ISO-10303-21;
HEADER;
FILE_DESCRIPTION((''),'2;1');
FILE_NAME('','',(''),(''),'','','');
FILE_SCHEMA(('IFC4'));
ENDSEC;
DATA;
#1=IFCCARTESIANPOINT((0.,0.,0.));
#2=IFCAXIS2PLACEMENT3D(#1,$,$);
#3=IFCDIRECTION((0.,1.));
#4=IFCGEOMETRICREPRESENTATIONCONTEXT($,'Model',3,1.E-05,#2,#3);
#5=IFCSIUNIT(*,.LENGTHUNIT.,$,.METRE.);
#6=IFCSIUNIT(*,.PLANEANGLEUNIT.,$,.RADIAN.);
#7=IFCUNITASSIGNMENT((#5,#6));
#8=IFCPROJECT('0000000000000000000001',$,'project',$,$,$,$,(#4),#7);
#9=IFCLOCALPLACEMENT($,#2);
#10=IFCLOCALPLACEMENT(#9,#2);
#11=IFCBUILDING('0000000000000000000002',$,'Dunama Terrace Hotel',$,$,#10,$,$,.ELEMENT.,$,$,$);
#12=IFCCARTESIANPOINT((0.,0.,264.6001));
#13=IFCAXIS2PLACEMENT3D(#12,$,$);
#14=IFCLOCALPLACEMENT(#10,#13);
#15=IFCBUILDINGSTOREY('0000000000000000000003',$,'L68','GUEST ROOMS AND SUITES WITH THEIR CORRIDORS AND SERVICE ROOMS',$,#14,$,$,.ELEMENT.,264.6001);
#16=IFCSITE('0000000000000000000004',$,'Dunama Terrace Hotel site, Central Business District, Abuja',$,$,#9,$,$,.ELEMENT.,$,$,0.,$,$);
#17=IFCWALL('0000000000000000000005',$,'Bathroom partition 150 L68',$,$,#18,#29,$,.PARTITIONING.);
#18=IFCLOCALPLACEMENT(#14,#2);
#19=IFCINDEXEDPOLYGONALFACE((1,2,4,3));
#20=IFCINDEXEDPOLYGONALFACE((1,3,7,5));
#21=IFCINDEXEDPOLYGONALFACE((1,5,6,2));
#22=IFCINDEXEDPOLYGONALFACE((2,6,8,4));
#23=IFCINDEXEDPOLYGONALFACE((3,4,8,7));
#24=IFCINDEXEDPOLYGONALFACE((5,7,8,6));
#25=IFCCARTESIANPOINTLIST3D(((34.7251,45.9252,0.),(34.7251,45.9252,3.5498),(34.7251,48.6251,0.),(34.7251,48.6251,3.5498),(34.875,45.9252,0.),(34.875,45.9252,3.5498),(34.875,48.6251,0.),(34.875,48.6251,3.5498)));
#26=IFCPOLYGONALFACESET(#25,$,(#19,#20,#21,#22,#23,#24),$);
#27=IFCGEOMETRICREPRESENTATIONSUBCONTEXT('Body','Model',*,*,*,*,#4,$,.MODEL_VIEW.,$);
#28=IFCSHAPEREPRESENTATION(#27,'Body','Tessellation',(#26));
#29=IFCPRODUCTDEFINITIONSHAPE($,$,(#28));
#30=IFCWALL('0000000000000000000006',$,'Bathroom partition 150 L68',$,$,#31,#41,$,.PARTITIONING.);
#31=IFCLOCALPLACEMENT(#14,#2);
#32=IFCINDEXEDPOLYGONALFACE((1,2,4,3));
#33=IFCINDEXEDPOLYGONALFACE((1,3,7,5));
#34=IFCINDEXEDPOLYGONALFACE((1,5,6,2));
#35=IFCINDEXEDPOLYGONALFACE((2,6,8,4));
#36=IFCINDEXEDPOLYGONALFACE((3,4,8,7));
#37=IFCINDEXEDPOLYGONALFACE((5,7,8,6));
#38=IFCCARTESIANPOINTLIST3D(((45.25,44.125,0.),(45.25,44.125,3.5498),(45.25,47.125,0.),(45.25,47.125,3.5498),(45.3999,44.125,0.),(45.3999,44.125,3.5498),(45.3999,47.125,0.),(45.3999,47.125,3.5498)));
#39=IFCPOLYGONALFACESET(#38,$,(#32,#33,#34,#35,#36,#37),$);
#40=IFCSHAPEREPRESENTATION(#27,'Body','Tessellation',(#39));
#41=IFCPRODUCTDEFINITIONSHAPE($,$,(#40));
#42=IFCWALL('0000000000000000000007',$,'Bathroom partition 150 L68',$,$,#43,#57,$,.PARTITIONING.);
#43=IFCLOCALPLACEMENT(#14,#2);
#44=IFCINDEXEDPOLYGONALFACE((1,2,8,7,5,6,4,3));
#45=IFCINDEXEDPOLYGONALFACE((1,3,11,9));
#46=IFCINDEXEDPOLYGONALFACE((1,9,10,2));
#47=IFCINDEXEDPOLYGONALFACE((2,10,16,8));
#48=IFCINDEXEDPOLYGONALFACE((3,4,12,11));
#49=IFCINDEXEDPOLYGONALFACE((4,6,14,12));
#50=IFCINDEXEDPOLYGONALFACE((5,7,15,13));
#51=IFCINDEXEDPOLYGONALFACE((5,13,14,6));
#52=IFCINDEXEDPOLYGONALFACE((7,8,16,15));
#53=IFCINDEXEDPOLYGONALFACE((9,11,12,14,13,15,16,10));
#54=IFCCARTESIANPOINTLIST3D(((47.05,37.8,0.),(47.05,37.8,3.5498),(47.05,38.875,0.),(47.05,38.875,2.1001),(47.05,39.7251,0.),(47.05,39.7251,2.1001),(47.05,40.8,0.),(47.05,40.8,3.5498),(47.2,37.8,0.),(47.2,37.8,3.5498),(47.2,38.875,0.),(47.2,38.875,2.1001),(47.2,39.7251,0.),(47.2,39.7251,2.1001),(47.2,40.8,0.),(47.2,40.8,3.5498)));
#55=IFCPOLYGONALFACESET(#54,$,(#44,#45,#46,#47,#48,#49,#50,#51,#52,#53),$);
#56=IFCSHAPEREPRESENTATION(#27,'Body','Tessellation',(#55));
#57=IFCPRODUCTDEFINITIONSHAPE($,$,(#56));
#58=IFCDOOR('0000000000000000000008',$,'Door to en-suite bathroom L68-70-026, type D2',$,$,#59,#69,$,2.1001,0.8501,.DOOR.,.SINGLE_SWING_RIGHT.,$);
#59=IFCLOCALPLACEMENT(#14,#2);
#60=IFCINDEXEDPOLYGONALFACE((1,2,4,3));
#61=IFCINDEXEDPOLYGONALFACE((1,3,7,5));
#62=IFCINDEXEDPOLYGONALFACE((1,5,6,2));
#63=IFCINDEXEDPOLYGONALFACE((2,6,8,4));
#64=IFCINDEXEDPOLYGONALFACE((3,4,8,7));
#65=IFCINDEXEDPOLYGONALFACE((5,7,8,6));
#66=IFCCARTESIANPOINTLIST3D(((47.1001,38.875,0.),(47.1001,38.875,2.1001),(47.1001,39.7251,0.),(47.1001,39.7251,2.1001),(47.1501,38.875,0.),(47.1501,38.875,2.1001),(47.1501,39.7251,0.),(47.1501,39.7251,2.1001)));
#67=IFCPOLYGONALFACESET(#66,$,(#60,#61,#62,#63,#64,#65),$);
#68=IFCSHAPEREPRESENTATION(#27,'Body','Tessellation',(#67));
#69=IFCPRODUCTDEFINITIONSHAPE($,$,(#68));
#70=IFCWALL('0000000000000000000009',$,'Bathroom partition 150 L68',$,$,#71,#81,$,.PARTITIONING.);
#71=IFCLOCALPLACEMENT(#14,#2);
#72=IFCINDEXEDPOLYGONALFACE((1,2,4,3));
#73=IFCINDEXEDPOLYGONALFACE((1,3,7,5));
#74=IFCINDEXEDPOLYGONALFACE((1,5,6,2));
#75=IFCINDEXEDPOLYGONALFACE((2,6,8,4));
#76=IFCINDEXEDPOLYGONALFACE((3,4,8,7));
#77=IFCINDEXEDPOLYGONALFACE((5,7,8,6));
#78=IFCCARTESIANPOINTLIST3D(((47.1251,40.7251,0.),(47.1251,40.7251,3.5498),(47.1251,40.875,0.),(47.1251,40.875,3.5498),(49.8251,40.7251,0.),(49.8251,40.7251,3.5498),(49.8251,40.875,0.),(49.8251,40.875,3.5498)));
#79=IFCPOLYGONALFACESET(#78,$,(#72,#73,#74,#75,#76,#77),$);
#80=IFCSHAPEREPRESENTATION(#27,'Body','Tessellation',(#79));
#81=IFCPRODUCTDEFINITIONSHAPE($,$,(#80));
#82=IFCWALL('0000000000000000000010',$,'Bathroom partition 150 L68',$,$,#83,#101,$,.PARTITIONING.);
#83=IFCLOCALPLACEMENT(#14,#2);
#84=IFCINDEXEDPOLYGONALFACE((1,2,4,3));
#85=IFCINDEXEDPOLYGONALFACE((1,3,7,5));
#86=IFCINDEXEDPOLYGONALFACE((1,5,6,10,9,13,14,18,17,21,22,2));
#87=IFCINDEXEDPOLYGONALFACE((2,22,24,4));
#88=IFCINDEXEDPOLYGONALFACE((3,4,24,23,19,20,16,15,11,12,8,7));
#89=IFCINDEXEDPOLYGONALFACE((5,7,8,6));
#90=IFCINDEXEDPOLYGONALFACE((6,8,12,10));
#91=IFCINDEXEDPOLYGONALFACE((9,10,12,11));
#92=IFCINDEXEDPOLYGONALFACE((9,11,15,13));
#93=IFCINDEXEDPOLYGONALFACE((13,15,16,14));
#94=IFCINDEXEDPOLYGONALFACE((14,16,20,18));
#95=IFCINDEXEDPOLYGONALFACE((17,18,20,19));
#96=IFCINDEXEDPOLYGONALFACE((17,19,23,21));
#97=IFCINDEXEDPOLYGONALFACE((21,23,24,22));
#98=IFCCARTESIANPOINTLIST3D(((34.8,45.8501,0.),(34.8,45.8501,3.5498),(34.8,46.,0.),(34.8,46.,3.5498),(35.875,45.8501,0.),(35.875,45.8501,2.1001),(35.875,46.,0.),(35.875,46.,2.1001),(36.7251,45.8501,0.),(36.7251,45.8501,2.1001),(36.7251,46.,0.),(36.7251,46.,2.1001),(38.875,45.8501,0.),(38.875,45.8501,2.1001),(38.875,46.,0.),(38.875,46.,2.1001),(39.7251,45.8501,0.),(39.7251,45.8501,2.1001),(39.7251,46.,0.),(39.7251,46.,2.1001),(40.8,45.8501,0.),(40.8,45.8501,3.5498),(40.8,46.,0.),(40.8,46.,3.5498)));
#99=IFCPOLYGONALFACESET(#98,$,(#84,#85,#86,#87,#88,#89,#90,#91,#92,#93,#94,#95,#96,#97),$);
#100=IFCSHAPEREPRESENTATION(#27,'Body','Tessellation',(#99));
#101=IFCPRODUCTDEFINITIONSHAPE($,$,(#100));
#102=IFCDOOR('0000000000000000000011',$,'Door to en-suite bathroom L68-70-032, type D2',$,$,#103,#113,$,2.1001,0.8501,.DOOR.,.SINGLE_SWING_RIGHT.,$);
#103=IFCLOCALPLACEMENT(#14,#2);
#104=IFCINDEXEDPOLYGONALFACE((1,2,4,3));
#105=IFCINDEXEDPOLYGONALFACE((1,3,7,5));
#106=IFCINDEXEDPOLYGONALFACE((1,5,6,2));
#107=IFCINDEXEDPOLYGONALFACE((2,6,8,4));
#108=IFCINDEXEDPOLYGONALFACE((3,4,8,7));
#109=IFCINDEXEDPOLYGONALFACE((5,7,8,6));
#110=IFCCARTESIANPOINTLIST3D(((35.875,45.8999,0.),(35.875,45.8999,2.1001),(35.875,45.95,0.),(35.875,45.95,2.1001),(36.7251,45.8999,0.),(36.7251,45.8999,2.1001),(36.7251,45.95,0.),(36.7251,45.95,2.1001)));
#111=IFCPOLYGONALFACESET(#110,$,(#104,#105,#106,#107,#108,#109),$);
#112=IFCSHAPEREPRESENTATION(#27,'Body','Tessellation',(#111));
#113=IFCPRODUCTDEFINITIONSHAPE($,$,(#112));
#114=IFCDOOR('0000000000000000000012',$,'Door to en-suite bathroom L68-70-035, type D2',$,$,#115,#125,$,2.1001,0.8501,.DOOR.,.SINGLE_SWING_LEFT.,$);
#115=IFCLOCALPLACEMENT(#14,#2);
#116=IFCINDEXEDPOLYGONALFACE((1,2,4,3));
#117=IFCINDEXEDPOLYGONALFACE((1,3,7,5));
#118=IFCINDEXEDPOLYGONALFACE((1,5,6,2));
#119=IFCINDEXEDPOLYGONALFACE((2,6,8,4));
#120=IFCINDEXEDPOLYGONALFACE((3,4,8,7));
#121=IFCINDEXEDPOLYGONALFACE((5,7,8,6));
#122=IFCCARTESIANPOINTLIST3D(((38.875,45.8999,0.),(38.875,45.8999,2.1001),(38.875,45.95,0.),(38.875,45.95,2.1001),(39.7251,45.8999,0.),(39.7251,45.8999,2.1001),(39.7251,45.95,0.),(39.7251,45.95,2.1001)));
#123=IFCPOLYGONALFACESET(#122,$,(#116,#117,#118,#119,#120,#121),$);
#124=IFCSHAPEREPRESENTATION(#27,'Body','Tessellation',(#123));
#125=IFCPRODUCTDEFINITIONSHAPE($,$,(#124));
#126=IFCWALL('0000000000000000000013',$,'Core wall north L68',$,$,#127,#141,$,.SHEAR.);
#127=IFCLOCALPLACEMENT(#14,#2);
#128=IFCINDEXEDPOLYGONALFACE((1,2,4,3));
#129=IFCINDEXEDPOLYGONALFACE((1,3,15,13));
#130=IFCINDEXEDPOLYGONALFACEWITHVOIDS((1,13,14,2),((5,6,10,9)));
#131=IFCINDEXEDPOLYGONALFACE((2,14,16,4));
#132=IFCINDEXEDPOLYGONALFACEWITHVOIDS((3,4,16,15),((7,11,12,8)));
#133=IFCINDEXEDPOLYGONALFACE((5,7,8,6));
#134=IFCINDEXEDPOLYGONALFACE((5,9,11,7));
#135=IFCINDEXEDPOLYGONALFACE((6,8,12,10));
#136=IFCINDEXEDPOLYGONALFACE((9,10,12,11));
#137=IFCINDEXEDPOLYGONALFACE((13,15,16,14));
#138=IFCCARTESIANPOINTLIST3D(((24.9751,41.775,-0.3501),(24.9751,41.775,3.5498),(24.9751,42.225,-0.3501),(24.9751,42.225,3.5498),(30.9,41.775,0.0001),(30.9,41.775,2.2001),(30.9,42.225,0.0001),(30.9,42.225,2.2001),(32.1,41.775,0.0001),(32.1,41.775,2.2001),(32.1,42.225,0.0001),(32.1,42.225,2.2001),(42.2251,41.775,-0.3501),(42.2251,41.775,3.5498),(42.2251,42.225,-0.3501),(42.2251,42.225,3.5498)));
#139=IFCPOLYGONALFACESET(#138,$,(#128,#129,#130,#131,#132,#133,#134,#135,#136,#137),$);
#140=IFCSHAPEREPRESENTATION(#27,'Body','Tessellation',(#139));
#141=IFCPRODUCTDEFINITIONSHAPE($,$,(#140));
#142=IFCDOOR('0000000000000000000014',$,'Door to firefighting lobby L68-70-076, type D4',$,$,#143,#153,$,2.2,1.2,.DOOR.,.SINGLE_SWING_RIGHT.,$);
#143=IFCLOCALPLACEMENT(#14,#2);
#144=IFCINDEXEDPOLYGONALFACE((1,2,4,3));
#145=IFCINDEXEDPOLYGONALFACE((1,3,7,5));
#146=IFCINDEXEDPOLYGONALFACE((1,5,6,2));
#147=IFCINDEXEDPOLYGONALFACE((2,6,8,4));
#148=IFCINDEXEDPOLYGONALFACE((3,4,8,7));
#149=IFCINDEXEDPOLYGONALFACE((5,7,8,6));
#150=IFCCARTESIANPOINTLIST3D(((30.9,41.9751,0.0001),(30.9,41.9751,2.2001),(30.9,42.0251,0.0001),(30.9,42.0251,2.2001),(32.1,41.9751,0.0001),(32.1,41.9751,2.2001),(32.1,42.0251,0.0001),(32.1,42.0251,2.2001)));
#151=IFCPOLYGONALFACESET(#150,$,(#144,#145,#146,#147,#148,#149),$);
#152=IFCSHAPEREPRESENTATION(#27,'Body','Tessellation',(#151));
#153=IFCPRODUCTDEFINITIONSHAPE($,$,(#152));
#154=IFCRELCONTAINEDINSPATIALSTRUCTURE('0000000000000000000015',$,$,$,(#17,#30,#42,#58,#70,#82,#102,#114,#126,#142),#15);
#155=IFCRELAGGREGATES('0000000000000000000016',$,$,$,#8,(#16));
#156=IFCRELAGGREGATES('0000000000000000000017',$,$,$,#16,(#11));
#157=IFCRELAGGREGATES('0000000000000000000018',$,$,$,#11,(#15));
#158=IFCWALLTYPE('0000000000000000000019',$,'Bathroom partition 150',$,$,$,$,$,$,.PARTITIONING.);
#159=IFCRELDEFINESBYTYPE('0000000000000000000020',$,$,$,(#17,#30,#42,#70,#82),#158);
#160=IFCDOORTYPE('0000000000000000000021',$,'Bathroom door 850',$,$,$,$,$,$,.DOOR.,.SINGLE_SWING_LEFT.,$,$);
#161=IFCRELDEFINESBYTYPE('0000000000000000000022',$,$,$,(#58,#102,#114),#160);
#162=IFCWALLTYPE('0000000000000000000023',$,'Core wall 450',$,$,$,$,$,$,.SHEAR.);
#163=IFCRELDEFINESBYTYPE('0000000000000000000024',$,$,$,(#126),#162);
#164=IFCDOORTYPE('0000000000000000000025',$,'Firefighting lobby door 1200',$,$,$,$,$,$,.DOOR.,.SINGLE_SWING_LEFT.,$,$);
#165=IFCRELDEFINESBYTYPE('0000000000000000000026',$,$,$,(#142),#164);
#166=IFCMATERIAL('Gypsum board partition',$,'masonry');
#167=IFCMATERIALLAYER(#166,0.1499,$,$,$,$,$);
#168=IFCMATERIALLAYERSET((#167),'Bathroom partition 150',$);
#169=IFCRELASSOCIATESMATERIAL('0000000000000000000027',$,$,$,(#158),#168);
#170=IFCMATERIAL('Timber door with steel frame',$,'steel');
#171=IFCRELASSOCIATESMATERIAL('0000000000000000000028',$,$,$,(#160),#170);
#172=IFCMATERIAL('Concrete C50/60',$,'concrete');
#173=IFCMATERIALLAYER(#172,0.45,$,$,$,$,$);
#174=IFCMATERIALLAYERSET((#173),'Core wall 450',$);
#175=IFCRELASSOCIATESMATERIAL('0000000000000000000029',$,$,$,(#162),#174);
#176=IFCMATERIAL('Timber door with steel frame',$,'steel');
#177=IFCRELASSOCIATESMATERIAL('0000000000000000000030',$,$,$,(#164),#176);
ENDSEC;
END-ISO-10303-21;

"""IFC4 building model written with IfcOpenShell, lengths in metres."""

from ifc_helpers import new_model, si_unit, direction, frame, frame_2d, origin, place, context, subcontext, project, spatial, rectangle, extrude, material, layer, layer_set, type_object, element, fill, save


model = new_model("IFC4")

# Units and contexts
model_context = context("Model", 3, precision=1e-05, world=origin(), true_north=direction((0.0, 1.0)))
body_context = subcontext(model_context, "Body", "Model", "MODEL_VIEW")
ifc_project = project(units=[si_unit("LENGTHUNIT", "METRE"), si_unit("PLANEANGLEUNIT", "RADIAN")], contexts=[model_context])

# Site, building, storey
site_placement = place(None, origin())
site = spatial("IfcSite", under=ifc_project, at=site_placement, Name="Dunama Terrace Hotel site, Central Business District, Abuja", CompositionType="ELEMENT", RefElevation=0.0)
building_placement = place(site_placement, origin())
building = spatial("IfcBuilding", under=site, at=building_placement, Name="Dunama Terrace Hotel", CompositionType="ELEMENT")
storey_placement = place(building_placement, frame((0.0, 0.0, 264.6001)))
storey = spatial("IfcBuildingStorey", under=building, at=storey_placement, Name="L68", Description="GUEST ROOMS AND SUITES WITH THEIR CORRIDORS AND SERVICE ROOMS", CompositionType="ELEMENT", Elevation=264.6001)

# Walls
ifc_material_1 = material(Name="Gypsum board partition", Category="masonry")
ifc_layer_1 = layer(ifc_material_1, 0.1499)
ifc_layer_set_1 = layer_set([ifc_layer_1], Name="Bathroom partition 150")
wall_type_1 = type_object("IfcWallType", Name="Bathroom partition 150", PredefinedType="PARTITIONING", material=ifc_layer_set_1)
wall_1_placement = place(storey_placement, frame((34.8, 45.925, 0.0), z_axis=(0.0, 0.0, 1.0), x_axis=(0.0, 1.0, 0.0)))
element("IfcWall", 1, at=wall_1_placement, inside=storey, type_object=wall_type_1, Name="Bathroom partition 150 L68", PredefinedType="PARTITIONING", context=body_context, shape_type="SweptSolid", body=[
    extrude(rectangle(XDim=2.7, YDim=0.1499, at=frame_2d((1.3501, 0.0))), origin(), (0.0, 0.0, 1.0), 3.5498),
])
wall_2_placement = place(storey_placement, frame((45.325, 44.125, 0.0), z_axis=(0.0, 0.0, 1.0), x_axis=(0.0, 1.0, 0.0)))
element("IfcWall", 2, at=wall_2_placement, inside=storey, type_object=wall_type_1, Name="Bathroom partition 150 L68", PredefinedType="PARTITIONING", context=body_context, shape_type="SweptSolid", body=[
    extrude(rectangle(XDim=3.0, YDim=0.1499, at=frame_2d((1.5, 0.0))), origin(), (0.0, 0.0, 1.0), 3.5498),
])

# Wall, opening, door
wall_3_placement = place(storey_placement, frame((47.125, 37.8, 0.0), z_axis=(0.0, 0.0, 1.0), x_axis=(0.0, 1.0, 0.0)))
wall_3 = element("IfcWall", 3, at=wall_3_placement, inside=storey, type_object=wall_type_1, Name="Bathroom partition 150 L68", PredefinedType="PARTITIONING", context=body_context, shape_type="SweptSolid", body=[
    extrude(rectangle(XDim=3.0, YDim=0.1499, at=frame_2d((1.5, 0.0))), origin(), (0.0, 0.0, 1.0), 3.5498),
])
opening_1_placement = place(wall_3_placement, frame((1.075, 0.0, 0.0)))
opening_1 = element("IfcOpeningElement", 4, at=opening_1_placement, cuts=wall_3, PredefinedType="OPENING", context=body_context, shape_type="SweptSolid", body=[
    extrude(rectangle(XDim=0.8501, YDim=2.1001, at=frame_2d((0.425, 1.05))), frame((0.0, 0.085, 0.0), z_axis=(0.0, -1.0, 0.0), x_axis=(1.0, 0.0, 0.0)), (0.0, 0.0, 1.0), 0.1699),
])
ifc_material_2 = material(Name="Timber door with steel frame", Category="steel")
door_type_1 = type_object("IfcDoorType", Name="Bathroom door 850", OperationType="SINGLE_SWING_LEFT", PredefinedType="DOOR", material=ifc_material_2)
door_1_placement = place(opening_1_placement, frame((0.8501, 0.0, 0.0), z_axis=(0.0, 0.0, 1.0), x_axis=(-1.0, 0.0, 0.0)))
door_1 = element("IfcDoor", 5, at=door_1_placement, inside=storey, type_object=door_type_1, Name="Door to en-suite bathroom L68-70-026, type D2", OperationType="SINGLE_SWING_RIGHT", OverallHeight=2.1001, OverallWidth=0.8501, PredefinedType="DOOR", context=body_context, shape_type="SweptSolid", body=[
    extrude(rectangle(XDim=0.8501, YDim=2.1001, at=frame_2d((0.425, 1.05))), frame((0.0, 0.0251, 0.0), z_axis=(0.0, -1.0, 0.0), x_axis=(1.0, 0.0, 0.0)), (0.0, 0.0, 1.0), 0.05),
])
fill(opening_1, door_1)

# Wall
wall_4_placement = place(storey_placement, frame((47.125, 40.8, 0.0), z_axis=(0.0, 0.0, 1.0), x_axis=(1.0, 0.0, 0.0)))
element("IfcWall", 6, at=wall_4_placement, inside=storey, type_object=wall_type_1, Name="Bathroom partition 150 L68", PredefinedType="PARTITIONING", context=body_context, shape_type="SweptSolid", body=[
    extrude(rectangle(XDim=2.7, YDim=0.1499, at=frame_2d((1.3501, 0.0))), origin(), (0.0, 0.0, 1.0), 3.5498),
])

# Wall, openings, doors
wall_5_placement = place(storey_placement, frame((34.8, 45.925, 0.0), z_axis=(0.0, 0.0, 1.0), x_axis=(1.0, 0.0, 0.0)))
wall_5 = element("IfcWall", 7, at=wall_5_placement, inside=storey, type_object=wall_type_1, Name="Bathroom partition 150 L68", PredefinedType="PARTITIONING", context=body_context, shape_type="SweptSolid", body=[
    extrude(rectangle(XDim=6.0, YDim=0.1499, at=frame_2d((3.0, 0.0))), origin(), (0.0, 0.0, 1.0), 3.5498),
])
opening_2_placement = place(wall_5_placement, frame((1.075, 0.0, 0.0)))
opening_2 = element("IfcOpeningElement", 8, at=opening_2_placement, cuts=wall_5, PredefinedType="OPENING", context=body_context, shape_type="SweptSolid", body=[
    extrude(rectangle(XDim=0.8501, YDim=2.1001, at=frame_2d((0.425, 1.05))), frame((0.0, 0.085, 0.0), z_axis=(0.0, -1.0, 0.0), x_axis=(1.0, 0.0, 0.0)), (0.0, 0.0, 1.0), 0.1699),
])
opening_3_placement = place(wall_5_placement, frame((4.075, 0.0, 0.0)))
opening_3 = element("IfcOpeningElement", 9, at=opening_3_placement, cuts=wall_5, PredefinedType="OPENING", context=body_context, shape_type="SweptSolid", body=[
    extrude(rectangle(XDim=0.8501, YDim=2.1001, at=frame_2d((0.425, 1.05))), frame((0.0, 0.085, 0.0), z_axis=(0.0, -1.0, 0.0), x_axis=(1.0, 0.0, 0.0)), (0.0, 0.0, 1.0), 0.1699),
])
door_2_placement = place(opening_2_placement, origin())
door_2 = element("IfcDoor", 10, at=door_2_placement, inside=storey, type_object=door_type_1, Name="Door to en-suite bathroom L68-70-032, type D2", OperationType="SINGLE_SWING_RIGHT", OverallHeight=2.1001, OverallWidth=0.8501, PredefinedType="DOOR", context=body_context, shape_type="SweptSolid", body=[
    extrude(rectangle(XDim=0.8501, YDim=2.1001, at=frame_2d((0.425, 1.05))), frame((0.0, 0.0249, 0.0), z_axis=(0.0, -1.0, 0.0), x_axis=(1.0, 0.0, 0.0)), (0.0, 0.0, 1.0), 0.05),
])
fill(opening_2, door_2)
door_3_placement = place(opening_3_placement, origin())
door_3 = element("IfcDoor", 11, at=door_3_placement, inside=storey, type_object=door_type_1, Name="Door to en-suite bathroom L68-70-035, type D2", OperationType="SINGLE_SWING_LEFT", OverallHeight=2.1001, OverallWidth=0.8501, PredefinedType="DOOR", context=body_context, shape_type="SweptSolid", body=[
    extrude(rectangle(XDim=0.8501, YDim=2.1001, at=frame_2d((0.425, 1.05))), frame((0.0, 0.0249, 0.0), z_axis=(0.0, -1.0, 0.0), x_axis=(1.0, 0.0, 0.0)), (0.0, 0.0, 1.0), 0.05),
])
fill(opening_3, door_3)

# Wall, opening, door
ifc_material_3 = material(Name="Concrete C50/60", Category="concrete")
ifc_layer_2 = layer(ifc_material_3, 0.45)
ifc_layer_set_2 = layer_set([ifc_layer_2], Name="Core wall 450")
wall_type_2 = type_object("IfcWallType", Name="Core wall 450", PredefinedType="SHEAR", material=ifc_layer_set_2)
wall_6_placement = place(storey_placement, frame((42.2251, 42.0, -0.3501), z_axis=(0.0, 0.0, 1.0), x_axis=(-1.0, 0.0, 0.0)))
wall_6 = element("IfcWall", 12, at=wall_6_placement, inside=storey, type_object=wall_type_2, Name="Core wall north L68", PredefinedType="SHEAR", context=body_context, shape_type="SweptSolid", body=[
    extrude(rectangle(XDim=17.25, YDim=0.45, at=frame_2d((8.625, 0.0))), origin(), (0.0, 0.0, 1.0), 3.8999),
])
opening_4_placement = place(wall_6_placement, frame((10.125, 0.0, 0.3501)))
opening_4 = element("IfcOpeningElement", 13, at=opening_4_placement, cuts=wall_6, PredefinedType="OPENING", context=body_context, shape_type="SweptSolid", body=[
    extrude(rectangle(XDim=1.2, YDim=2.2, at=frame_2d((0.6001, 1.1001))), frame((0.0, 0.2349, 0.0), z_axis=(0.0, -1.0, 0.0), x_axis=(1.0, 0.0, 0.0)), (0.0, 0.0, 1.0), 0.47),
])
ifc_material_4 = material(Name="Timber door with steel frame", Category="steel")
door_type_2 = type_object("IfcDoorType", Name="Firefighting lobby door 1200", OperationType="SINGLE_SWING_LEFT", PredefinedType="DOOR", material=ifc_material_4)
door_4_placement = place(opening_4_placement, origin())
door_4 = element("IfcDoor", 14, at=door_4_placement, inside=storey, type_object=door_type_2, Name="Door to firefighting lobby L68-70-076, type D4", OperationType="SINGLE_SWING_RIGHT", OverallHeight=2.2, OverallWidth=1.2, PredefinedType="DOOR", context=body_context, shape_type="SweptSolid", body=[
    extrude(rectangle(XDim=1.2, YDim=2.2, at=frame_2d((0.6001, 1.1001))), frame((0.0, 0.0249, 0.0), z_axis=(0.0, -1.0, 0.0), x_axis=(1.0, 0.0, 0.0)), (0.0, 0.0, 1.0), 0.05),
])
fill(opening_4, door_4)

save(model, "model.ifc")
